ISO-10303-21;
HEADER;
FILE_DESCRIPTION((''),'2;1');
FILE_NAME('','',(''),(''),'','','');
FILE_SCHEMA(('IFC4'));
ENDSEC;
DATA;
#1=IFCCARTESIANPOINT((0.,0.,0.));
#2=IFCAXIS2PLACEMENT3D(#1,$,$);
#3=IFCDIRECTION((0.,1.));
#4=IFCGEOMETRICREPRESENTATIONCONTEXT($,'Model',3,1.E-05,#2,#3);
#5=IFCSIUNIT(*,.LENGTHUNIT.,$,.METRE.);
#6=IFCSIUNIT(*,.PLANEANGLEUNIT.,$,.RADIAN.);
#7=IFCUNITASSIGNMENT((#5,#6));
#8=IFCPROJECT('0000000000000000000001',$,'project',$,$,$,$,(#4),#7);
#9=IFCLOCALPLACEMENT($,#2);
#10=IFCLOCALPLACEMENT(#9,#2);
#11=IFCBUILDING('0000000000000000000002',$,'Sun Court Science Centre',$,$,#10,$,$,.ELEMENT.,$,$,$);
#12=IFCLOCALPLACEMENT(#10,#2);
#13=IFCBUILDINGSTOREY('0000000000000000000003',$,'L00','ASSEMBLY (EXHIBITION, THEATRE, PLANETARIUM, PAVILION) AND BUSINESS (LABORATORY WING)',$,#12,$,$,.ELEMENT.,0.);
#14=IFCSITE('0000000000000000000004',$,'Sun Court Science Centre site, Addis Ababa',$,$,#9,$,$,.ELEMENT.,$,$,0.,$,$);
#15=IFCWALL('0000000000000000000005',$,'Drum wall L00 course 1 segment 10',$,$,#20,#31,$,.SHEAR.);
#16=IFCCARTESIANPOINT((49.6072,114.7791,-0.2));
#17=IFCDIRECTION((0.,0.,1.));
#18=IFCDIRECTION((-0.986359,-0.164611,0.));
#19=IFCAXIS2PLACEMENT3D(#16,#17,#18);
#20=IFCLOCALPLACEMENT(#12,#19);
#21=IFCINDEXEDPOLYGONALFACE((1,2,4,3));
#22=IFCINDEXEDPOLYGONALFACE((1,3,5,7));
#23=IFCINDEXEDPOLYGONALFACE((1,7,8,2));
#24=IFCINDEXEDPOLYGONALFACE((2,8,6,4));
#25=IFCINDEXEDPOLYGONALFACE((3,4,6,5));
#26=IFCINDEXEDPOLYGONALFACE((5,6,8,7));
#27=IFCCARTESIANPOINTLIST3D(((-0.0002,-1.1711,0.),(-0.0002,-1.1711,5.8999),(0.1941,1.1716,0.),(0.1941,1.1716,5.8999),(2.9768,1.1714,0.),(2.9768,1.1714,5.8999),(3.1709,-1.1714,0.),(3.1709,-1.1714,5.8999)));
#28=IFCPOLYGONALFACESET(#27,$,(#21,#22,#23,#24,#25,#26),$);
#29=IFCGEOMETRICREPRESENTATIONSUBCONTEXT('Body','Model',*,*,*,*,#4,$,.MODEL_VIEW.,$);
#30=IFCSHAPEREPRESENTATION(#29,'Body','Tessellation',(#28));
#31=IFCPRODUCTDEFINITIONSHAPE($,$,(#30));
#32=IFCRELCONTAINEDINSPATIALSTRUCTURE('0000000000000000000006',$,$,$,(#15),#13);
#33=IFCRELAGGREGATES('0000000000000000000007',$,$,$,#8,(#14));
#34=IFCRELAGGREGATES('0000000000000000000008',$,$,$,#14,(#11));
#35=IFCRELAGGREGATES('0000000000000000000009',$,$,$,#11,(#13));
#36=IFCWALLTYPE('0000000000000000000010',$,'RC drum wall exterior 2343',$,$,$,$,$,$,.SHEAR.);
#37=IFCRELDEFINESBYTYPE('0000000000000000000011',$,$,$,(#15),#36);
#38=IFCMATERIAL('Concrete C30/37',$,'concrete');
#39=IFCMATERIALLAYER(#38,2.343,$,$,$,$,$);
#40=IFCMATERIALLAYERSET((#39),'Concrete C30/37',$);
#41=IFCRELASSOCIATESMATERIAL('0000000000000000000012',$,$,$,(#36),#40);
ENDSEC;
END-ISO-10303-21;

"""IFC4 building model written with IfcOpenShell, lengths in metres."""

from ifc_helpers import new_model, si_unit, direction, frame, origin, place, context, subcontext, project, spatial, polyline, outline, extrude, material, layer, layer_set, type_object, element, save


model = new_model("IFC4")

# Units and contexts
model_context = context("Model", 3, precision=1e-05, world=origin(), true_north=direction((0.0, 1.0)))
body_context = subcontext(model_context, "Body", "Model", "MODEL_VIEW")
ifc_project = project(units=[si_unit("LENGTHUNIT", "METRE"), si_unit("PLANEANGLEUNIT", "RADIAN")], contexts=[model_context])

# Site, building, storey
site_placement = place(None, origin())
site = spatial("IfcSite", under=ifc_project, at=site_placement, Name="Sun Court Science Centre site, Addis Ababa", CompositionType="ELEMENT", RefElevation=0.0)
building_placement = place(site_placement, origin())
building = spatial("IfcBuilding", under=site, at=building_placement, Name="Sun Court Science Centre", CompositionType="ELEMENT")
storey_placement = place(building_placement, origin())
storey = spatial("IfcBuildingStorey", under=building, at=storey_placement, Name="L00", Description="ASSEMBLY (EXHIBITION, THEATRE, PLANETARIUM, PAVILION) AND BUSINESS (LABORATORY WING)", CompositionType="ELEMENT", Elevation=0.0)

# Wall
ifc_material_1 = material(Name="Concrete C30/37", Category="concrete")
ifc_layer_1 = layer(ifc_material_1, 2.343)
ifc_layer_set_1 = layer_set([ifc_layer_1], Name="Concrete C30/37")
wall_type_1 = type_object("IfcWallType", Name="RC drum wall exterior 2343", PredefinedType="SHEAR", material=ifc_layer_set_1)
wall_1_placement = place(storey_placement, frame((49.6072, 114.7791, -0.2), z_axis=(0.0, 0.0, 1.0), x_axis=(-0.986359, -0.164611, 0.0)))
element("IfcWall", 1, at=wall_1_placement, inside=storey, type_object=wall_type_1, Name="Drum wall L00 course 1 segment 10", PredefinedType="SHEAR", context=body_context, shape_type="SweptSolid", body=[
    extrude(outline(polyline([(-0.0002, -1.1711), (3.1709, -1.1714), (2.9768, 1.1714), (0.1941, 1.1716), (-0.0002, -1.1711)])), origin(), (0.0, 0.0, 1.0), 5.8999),
])

save(model, "model.ifc")
